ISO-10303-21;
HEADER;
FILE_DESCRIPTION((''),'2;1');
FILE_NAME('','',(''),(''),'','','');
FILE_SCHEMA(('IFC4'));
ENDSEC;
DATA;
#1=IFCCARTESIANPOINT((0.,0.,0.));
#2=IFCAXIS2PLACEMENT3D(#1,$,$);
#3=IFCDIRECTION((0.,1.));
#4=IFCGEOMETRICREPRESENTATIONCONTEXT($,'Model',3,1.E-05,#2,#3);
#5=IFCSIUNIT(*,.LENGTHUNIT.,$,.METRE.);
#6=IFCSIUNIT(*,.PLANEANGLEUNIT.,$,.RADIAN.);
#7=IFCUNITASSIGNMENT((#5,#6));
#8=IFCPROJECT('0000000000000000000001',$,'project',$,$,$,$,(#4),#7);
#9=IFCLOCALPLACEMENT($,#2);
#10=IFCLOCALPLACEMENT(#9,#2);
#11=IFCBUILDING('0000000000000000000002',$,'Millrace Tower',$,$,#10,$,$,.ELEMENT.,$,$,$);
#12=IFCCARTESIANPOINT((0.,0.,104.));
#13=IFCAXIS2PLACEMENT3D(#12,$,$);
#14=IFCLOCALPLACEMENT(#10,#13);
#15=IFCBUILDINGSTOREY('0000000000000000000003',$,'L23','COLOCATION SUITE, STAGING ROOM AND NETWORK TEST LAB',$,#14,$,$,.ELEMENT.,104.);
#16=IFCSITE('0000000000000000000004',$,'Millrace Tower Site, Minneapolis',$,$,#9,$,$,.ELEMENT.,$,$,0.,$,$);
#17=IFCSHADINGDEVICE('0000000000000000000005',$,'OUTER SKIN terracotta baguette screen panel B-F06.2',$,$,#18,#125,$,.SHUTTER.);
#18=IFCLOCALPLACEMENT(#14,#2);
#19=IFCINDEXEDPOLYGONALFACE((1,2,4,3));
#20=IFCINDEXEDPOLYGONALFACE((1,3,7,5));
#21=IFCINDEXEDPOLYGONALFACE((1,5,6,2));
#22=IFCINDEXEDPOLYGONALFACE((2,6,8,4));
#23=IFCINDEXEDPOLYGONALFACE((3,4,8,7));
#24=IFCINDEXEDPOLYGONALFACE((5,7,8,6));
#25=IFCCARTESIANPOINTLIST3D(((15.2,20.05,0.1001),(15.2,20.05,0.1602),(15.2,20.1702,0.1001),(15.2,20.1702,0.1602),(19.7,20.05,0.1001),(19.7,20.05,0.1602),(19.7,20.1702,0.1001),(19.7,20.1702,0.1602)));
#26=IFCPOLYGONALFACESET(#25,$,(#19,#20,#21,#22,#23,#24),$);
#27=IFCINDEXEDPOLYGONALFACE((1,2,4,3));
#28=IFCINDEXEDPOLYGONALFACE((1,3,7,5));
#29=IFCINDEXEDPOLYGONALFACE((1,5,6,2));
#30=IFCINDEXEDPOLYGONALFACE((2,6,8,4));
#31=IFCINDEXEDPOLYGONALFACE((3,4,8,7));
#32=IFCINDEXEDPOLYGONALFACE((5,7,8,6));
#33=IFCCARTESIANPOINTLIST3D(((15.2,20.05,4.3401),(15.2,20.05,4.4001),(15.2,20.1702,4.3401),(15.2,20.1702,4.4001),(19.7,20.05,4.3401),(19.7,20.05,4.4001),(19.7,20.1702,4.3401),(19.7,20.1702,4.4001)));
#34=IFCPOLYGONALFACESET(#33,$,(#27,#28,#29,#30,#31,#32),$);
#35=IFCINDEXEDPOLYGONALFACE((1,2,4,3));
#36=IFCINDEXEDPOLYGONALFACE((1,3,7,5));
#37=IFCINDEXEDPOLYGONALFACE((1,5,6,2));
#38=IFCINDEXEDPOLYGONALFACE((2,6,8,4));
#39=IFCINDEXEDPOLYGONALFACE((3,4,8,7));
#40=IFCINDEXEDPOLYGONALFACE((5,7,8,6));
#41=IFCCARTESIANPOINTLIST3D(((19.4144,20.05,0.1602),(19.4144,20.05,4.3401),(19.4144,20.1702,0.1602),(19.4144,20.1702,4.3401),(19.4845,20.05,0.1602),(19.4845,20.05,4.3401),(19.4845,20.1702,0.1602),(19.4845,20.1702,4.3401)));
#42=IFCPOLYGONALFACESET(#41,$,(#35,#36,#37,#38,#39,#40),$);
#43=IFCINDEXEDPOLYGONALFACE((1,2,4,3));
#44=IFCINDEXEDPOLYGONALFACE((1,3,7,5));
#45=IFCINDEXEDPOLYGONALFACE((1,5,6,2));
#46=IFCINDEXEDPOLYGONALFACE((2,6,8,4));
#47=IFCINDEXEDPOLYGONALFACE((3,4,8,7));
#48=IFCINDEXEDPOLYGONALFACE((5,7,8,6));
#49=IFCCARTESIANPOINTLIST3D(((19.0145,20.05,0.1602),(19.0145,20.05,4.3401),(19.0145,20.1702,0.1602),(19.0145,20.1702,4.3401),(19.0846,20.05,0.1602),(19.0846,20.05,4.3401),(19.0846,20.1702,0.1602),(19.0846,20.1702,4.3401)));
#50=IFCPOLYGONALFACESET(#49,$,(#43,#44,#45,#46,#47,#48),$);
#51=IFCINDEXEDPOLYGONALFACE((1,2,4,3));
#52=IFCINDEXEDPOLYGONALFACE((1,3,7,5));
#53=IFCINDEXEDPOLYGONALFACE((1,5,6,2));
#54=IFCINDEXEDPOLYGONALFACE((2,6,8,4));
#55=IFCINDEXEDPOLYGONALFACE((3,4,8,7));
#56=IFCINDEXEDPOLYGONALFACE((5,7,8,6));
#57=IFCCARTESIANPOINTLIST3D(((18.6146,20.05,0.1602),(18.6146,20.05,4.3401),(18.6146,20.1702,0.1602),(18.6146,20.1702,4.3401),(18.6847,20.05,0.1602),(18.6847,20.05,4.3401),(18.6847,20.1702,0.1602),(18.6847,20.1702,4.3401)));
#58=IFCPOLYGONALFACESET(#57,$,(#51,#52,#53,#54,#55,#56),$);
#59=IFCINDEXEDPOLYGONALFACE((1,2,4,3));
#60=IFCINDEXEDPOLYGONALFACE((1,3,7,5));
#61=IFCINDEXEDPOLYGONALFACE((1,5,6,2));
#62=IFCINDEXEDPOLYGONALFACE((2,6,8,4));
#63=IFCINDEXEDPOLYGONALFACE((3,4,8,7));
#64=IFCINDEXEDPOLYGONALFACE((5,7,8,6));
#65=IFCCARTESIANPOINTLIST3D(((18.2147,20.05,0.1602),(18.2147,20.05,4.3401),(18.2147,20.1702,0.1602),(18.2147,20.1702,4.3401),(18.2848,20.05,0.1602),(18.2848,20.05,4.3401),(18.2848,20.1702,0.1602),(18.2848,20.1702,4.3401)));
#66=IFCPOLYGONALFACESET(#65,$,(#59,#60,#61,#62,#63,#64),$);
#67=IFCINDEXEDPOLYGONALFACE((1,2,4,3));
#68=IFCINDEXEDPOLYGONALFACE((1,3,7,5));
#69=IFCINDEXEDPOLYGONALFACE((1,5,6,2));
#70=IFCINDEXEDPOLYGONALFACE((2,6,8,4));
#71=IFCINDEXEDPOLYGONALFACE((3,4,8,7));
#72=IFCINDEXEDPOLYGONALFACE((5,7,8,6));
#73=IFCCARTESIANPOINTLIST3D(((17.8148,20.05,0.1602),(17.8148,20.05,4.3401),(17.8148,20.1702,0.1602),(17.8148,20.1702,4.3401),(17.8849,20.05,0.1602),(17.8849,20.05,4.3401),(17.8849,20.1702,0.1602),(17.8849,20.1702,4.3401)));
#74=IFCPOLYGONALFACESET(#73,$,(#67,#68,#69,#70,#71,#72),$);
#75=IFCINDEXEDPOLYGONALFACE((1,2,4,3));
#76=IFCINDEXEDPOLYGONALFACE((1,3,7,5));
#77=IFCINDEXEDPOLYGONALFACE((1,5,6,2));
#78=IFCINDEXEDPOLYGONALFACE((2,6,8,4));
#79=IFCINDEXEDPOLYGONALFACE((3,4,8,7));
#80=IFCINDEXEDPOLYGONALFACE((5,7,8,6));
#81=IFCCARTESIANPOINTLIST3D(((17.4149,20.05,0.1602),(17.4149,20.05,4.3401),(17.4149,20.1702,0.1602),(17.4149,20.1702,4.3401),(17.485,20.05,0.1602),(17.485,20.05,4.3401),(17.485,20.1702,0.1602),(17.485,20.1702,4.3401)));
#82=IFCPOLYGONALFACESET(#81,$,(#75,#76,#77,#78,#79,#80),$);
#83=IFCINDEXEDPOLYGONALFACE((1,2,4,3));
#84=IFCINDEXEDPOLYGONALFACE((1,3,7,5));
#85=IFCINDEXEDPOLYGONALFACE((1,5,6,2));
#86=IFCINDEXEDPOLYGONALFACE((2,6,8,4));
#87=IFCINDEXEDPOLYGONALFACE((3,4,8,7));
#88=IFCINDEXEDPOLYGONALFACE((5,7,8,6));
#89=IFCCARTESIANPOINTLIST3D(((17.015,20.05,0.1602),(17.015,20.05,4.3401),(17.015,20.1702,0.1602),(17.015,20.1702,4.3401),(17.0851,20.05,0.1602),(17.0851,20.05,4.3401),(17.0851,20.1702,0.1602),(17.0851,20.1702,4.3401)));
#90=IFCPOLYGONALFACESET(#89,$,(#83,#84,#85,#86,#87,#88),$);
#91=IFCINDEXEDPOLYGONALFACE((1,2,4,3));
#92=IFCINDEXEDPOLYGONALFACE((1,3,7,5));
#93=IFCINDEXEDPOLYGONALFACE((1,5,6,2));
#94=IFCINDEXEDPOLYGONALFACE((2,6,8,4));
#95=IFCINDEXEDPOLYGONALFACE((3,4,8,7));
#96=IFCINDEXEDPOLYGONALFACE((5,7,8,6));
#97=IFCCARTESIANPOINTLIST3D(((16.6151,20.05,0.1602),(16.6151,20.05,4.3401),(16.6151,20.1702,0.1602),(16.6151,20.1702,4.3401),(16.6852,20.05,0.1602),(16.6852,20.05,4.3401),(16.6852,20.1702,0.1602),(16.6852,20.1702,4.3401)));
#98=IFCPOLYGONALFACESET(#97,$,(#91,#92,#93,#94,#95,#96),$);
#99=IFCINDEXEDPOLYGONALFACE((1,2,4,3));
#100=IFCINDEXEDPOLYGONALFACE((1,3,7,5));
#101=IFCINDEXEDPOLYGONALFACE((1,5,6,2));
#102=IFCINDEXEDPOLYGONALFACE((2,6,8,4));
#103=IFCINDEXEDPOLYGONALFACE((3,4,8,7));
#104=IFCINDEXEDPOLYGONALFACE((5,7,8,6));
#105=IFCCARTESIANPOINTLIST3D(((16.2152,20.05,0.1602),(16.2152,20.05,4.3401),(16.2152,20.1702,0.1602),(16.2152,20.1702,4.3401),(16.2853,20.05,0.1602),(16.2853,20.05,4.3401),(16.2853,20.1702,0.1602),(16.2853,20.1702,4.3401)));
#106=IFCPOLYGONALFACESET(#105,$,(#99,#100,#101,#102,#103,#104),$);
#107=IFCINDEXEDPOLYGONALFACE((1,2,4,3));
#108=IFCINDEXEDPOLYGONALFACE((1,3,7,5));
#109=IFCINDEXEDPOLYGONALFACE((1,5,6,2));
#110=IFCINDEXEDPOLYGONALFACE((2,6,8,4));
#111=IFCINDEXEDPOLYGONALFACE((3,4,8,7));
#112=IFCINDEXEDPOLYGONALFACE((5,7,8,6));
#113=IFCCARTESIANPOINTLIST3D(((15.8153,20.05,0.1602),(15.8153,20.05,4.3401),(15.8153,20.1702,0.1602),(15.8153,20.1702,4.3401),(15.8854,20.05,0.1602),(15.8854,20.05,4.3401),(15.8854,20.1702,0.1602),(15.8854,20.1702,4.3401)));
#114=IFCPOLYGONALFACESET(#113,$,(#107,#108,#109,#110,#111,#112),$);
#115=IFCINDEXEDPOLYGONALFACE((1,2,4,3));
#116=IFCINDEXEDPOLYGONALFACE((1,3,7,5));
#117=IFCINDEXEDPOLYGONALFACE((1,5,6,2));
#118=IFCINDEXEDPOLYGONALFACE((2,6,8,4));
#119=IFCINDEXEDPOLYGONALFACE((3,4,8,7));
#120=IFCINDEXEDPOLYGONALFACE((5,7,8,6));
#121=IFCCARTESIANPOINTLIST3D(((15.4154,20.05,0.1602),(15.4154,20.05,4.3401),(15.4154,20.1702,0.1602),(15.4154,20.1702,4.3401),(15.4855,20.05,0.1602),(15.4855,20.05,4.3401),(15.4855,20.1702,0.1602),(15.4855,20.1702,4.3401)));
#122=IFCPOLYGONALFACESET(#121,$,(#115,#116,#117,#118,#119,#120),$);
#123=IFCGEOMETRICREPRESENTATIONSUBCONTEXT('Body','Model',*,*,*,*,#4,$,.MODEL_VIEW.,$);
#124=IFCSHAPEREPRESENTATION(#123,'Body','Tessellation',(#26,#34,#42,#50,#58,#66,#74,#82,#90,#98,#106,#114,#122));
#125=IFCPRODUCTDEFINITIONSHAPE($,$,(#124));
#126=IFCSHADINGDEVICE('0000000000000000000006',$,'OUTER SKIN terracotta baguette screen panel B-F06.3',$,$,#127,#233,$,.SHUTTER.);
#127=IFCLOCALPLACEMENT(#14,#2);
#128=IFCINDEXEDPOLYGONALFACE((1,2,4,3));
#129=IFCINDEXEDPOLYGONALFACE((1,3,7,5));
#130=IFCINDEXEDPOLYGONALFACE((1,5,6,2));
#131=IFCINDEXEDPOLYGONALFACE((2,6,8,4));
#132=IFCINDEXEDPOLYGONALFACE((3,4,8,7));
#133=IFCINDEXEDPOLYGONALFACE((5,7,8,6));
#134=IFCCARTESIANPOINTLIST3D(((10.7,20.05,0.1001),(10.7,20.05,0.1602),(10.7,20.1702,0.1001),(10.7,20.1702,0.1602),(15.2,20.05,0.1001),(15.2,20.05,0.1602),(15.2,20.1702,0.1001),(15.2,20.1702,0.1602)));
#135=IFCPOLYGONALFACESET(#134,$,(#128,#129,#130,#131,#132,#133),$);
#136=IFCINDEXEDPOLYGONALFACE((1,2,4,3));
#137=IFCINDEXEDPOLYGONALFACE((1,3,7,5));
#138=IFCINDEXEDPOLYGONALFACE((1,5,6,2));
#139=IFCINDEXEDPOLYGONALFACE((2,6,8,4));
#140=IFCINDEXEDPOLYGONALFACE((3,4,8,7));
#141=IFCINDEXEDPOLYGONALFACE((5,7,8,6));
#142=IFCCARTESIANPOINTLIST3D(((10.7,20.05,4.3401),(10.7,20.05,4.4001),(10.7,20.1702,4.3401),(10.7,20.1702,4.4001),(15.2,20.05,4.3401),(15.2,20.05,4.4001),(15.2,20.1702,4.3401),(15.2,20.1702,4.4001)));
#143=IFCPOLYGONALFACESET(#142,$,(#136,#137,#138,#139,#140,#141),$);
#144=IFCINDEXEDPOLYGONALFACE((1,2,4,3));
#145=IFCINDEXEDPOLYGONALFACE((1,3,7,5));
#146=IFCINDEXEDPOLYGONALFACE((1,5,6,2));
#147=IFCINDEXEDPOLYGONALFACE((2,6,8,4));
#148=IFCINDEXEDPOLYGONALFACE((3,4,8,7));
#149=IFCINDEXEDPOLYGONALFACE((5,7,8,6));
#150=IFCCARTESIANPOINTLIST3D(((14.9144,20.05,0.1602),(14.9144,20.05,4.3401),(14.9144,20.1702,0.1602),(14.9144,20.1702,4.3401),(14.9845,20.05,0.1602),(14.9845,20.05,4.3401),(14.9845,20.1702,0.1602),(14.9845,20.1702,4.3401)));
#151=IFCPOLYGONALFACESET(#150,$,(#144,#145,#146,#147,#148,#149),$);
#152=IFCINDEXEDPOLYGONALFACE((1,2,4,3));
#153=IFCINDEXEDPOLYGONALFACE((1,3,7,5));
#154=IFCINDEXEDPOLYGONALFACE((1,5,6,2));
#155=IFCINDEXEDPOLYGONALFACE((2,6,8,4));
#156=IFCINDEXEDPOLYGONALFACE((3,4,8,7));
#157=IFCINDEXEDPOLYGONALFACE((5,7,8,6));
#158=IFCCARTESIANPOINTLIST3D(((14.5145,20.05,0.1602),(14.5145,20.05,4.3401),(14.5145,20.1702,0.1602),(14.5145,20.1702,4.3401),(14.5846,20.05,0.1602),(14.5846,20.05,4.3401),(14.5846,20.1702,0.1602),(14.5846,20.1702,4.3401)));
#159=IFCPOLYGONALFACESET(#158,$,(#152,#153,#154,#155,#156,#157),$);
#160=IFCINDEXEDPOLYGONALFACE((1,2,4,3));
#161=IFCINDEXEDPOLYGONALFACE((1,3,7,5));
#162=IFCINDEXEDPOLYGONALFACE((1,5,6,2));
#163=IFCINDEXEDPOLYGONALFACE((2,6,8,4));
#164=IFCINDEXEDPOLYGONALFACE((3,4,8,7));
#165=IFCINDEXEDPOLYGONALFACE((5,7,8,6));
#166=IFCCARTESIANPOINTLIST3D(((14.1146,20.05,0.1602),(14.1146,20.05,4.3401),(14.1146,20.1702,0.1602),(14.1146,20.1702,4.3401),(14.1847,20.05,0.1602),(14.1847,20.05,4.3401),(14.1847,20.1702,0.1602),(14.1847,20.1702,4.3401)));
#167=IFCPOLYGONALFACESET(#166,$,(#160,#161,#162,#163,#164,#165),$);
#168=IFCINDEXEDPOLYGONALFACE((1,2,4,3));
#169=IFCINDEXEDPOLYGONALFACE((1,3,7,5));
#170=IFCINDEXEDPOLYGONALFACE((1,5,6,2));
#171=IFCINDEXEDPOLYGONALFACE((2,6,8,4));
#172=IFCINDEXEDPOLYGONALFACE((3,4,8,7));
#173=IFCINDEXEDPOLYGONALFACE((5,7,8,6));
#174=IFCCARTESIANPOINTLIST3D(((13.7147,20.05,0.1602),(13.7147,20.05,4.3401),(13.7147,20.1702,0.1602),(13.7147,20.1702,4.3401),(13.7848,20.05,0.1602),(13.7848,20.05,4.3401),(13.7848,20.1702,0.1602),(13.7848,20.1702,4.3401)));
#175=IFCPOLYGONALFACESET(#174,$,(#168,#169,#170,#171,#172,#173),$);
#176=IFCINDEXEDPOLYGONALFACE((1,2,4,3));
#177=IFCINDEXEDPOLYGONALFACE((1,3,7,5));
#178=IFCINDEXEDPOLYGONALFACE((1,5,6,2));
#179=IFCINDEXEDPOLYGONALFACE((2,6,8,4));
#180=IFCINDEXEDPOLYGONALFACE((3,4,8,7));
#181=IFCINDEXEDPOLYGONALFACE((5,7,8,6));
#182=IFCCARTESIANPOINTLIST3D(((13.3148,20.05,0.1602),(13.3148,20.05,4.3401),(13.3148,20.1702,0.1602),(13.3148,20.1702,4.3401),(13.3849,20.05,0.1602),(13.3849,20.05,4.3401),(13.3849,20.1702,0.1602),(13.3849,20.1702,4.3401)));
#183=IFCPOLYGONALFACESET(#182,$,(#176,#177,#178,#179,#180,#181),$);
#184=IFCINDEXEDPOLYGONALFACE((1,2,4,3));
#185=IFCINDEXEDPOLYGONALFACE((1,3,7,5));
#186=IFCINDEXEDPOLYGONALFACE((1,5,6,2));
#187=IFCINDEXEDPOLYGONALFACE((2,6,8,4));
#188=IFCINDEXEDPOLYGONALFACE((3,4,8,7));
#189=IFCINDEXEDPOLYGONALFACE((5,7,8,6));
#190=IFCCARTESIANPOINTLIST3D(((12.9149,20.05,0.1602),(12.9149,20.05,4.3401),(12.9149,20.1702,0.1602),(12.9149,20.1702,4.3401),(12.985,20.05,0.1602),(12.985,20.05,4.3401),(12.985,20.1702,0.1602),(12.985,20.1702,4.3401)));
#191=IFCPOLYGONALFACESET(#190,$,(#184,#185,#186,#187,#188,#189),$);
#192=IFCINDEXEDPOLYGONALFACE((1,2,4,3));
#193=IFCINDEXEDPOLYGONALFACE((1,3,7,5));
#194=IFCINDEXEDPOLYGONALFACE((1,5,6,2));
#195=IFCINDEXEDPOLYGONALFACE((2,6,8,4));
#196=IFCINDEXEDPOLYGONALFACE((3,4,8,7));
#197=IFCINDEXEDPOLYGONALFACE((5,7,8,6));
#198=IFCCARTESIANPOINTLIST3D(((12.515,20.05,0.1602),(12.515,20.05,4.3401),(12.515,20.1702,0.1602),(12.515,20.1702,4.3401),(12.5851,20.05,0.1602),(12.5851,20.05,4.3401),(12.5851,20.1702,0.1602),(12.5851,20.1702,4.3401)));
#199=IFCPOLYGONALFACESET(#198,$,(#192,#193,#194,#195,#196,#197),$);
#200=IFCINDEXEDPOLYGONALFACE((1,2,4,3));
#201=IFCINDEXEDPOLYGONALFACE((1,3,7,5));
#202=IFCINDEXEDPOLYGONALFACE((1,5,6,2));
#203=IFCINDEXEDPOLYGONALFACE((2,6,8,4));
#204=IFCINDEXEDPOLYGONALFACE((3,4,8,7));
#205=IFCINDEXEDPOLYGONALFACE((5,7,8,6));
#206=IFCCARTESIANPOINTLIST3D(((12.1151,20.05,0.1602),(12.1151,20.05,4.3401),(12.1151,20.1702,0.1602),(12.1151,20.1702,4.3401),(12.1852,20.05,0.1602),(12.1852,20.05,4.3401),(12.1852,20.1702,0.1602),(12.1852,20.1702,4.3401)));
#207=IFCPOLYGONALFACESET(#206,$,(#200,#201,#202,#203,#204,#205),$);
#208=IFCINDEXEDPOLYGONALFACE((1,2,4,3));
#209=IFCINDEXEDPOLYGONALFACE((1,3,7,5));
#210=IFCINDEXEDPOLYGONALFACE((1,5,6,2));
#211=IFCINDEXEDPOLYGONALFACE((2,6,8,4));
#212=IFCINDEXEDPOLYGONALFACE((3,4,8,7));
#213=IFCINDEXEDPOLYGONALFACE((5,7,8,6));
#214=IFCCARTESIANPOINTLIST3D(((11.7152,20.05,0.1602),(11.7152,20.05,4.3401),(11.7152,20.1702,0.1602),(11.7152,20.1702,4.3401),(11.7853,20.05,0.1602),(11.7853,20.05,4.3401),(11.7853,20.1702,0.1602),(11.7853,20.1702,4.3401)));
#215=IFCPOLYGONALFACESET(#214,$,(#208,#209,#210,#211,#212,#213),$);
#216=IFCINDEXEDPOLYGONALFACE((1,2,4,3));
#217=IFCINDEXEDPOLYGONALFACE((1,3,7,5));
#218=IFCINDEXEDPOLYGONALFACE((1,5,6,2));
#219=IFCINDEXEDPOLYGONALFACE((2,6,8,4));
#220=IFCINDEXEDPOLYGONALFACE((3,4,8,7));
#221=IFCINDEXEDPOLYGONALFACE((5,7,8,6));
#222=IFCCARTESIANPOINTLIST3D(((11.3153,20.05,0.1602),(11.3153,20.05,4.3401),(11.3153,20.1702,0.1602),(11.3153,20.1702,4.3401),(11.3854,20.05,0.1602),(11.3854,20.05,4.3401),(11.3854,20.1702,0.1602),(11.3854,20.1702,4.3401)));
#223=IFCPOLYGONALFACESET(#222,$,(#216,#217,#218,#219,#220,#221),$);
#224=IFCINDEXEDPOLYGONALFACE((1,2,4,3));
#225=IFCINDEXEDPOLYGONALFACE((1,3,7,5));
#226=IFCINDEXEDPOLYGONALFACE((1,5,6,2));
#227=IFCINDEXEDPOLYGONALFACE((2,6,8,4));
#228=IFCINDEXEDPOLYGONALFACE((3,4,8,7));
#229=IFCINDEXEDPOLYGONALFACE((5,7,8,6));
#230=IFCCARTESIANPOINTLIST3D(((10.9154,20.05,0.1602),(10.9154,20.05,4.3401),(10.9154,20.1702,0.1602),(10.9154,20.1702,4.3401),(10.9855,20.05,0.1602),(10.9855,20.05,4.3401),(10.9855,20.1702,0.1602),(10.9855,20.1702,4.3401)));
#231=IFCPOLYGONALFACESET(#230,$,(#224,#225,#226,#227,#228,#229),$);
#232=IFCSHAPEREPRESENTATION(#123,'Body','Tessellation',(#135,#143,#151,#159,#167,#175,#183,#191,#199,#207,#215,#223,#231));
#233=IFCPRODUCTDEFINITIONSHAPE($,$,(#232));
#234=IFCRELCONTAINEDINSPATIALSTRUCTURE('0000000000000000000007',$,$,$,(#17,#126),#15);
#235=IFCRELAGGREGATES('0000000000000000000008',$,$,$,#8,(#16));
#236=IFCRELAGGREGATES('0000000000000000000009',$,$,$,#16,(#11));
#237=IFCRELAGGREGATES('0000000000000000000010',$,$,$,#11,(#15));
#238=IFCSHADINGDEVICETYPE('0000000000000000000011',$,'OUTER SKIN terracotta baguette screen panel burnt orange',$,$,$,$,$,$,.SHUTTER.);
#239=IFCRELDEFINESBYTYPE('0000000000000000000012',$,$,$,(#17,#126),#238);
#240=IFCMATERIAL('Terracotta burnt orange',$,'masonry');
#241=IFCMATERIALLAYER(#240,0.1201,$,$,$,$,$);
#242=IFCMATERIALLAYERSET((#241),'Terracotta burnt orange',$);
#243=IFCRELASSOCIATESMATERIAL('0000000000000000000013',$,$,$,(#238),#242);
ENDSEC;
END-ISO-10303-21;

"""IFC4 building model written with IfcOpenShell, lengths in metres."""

from ifc_helpers import new_model, entity, si_unit, direction, frame, frame_2d, origin, origin_2d, place, context, subcontext, project, spatial, rectangle, extrude, source, transform, mapped, material, layer, layer_set, type_object, element, save


model = new_model("IFC4")

# Units and contexts
model_context = context("Model", 3, precision=1e-05, world=origin(), true_north=direction((0.0, 1.0)))
body_context = subcontext(model_context, "Body", "Model", "MODEL_VIEW")
ifc_project = project(units=[si_unit("LENGTHUNIT", "METRE"), si_unit("PLANEANGLEUNIT", "RADIAN")], contexts=[model_context])

# Site, building, storey
site_placement = place(None, origin())
site = spatial("IfcSite", under=ifc_project, at=site_placement, Name="Millrace Tower Site, Minneapolis", CompositionType="ELEMENT", RefElevation=0.0)
building_placement = place(site_placement, origin())
building = spatial("IfcBuilding", under=site, at=building_placement, Name="Millrace Tower", CompositionType="ELEMENT")
storey_placement = place(building_placement, frame((0.0, 0.0, 104.0)))
storey = spatial("IfcBuildingStorey", under=building, at=storey_placement, Name="L23", Description="COLOCATION SUITE, STAGING ROOM AND NETWORK TEST LAB", CompositionType="ELEMENT", Elevation=104.0)

# Shading devices
ifc_material_1 = material(Name="Terracotta burnt orange", Category="masonry")
ifc_layer_1 = layer(ifc_material_1, 0.1201)
ifc_layer_set_1 = layer_set([ifc_layer_1], Name="Terracotta burnt orange")
shading_device_type = type_object("IfcShadingDeviceType", Name="OUTER SKIN terracotta baguette screen panel burnt orange", PredefinedType="SHUTTER", material=ifc_layer_set_1)
cartesian_point_1 = entity("IfcCartesianPoint", [-2.25, 0.0601])
shared_polyline_1 = entity("IfcPolyline", [cartesian_point_1, entity("IfcCartesianPoint", [2.25, 0.0601]), entity("IfcCartesianPoint", [2.25, -0.0601]), entity("IfcCartesianPoint", [-2.25, -0.0601]), cartesian_point_1])
shared_shape_1 = source(origin(), body_context, "Body", "SweptSolid", [
    entity("IfcExtrudedAreaSolid", entity("IfcArbitraryClosedProfileDef", "AREA", None, shared_polyline_1), entity("IfcAxis2Placement3D", entity("IfcCartesianPoint", [0.0, 0.0, 0.0])), entity("IfcDirection", [0.0, 0.0, 1.0]), 0.0601),
    entity("IfcExtrudedAreaSolid", entity("IfcArbitraryClosedProfileDef", "AREA", None, shared_polyline_1), entity("IfcAxis2Placement3D", entity("IfcCartesianPoint", [0.0, 0.0, 4.24])), entity("IfcDirection", [0.0, 0.0, 1.0]), 0.0601),
    extrude(rectangle(XDim=0.0701, YDim=0.1201, at=frame_2d((-1.9995, 0.0))), frame((0.0, 0.0, 0.0601)), (0.0, 0.0, 1.0), 4.1799),
    extrude(rectangle(XDim=0.0701, YDim=0.1201, at=frame_2d((-1.5996, 0.0))), frame((0.0, 0.0, 0.0601)), (0.0, 0.0, 1.0), 4.1799),
    extrude(rectangle(XDim=0.0701, YDim=0.1201, at=frame_2d((-1.1997, 0.0))), frame((0.0, 0.0, 0.0601)), (0.0, 0.0, 1.0), 4.1799),
    extrude(rectangle(XDim=0.0701, YDim=0.1201, at=frame_2d((-0.7998, 0.0))), frame((0.0, 0.0, 0.0601)), (0.0, 0.0, 1.0), 4.1799),
    extrude(rectangle(XDim=0.0701, YDim=0.1201, at=frame_2d((-0.3999, 0.0))), frame((0.0, 0.0, 0.0601)), (0.0, 0.0, 1.0), 4.1799),
    extrude(rectangle(XDim=0.0701, YDim=0.1201, at=origin_2d()), frame((0.0, 0.0, 0.0601)), (0.0, 0.0, 1.0), 4.1799),
    extrude(rectangle(XDim=0.0701, YDim=0.1201, at=frame_2d((0.3999, 0.0))), frame((0.0, 0.0, 0.0601)), (0.0, 0.0, 1.0), 4.1799),
    extrude(rectangle(XDim=0.0701, YDim=0.1201, at=frame_2d((0.7998, 0.0))), frame((0.0, 0.0, 0.0601)), (0.0, 0.0, 1.0), 4.1799),
    extrude(rectangle(XDim=0.0701, YDim=0.1201, at=frame_2d((1.1997, 0.0))), frame((0.0, 0.0, 0.0601)), (0.0, 0.0, 1.0), 4.1799),
    extrude(rectangle(XDim=0.0701, YDim=0.1201, at=frame_2d((1.5996, 0.0))), frame((0.0, 0.0, 0.0601)), (0.0, 0.0, 1.0), 4.1799),
    extrude(rectangle(XDim=0.0701, YDim=0.1201, at=frame_2d((1.9995, 0.0))), frame((0.0, 0.0, 0.0601)), (0.0, 0.0, 1.0), 4.1799),
])
for number, where, z_axis, x_axis, name in (
    (1, (17.45, 20.1101, 0.1001), (0.0, 0.0, 1.0), (-1.0, 0.0, 0.0), "OUTER SKIN terracotta baguette screen panel B-F06.2"),
    (2, (12.95, 20.1101, 0.1001), (0.0, 0.0, 1.0), (-1.0, 0.0, 0.0), "OUTER SKIN terracotta baguette screen panel B-F06.3"),
):
    element("IfcShadingDevice", number, at=place(storey_placement, frame(where, z_axis=z_axis, x_axis=x_axis)), inside=storey, type_object=shading_device_type, Name=name, PredefinedType="SHUTTER", context=body_context, shape_type="MappedRepresentation", body=[
        mapped(shared_shape_1, transform((0.0, 0.0, 0.0), scale=1.0)),
    ])

save(model, "model.ifc")
